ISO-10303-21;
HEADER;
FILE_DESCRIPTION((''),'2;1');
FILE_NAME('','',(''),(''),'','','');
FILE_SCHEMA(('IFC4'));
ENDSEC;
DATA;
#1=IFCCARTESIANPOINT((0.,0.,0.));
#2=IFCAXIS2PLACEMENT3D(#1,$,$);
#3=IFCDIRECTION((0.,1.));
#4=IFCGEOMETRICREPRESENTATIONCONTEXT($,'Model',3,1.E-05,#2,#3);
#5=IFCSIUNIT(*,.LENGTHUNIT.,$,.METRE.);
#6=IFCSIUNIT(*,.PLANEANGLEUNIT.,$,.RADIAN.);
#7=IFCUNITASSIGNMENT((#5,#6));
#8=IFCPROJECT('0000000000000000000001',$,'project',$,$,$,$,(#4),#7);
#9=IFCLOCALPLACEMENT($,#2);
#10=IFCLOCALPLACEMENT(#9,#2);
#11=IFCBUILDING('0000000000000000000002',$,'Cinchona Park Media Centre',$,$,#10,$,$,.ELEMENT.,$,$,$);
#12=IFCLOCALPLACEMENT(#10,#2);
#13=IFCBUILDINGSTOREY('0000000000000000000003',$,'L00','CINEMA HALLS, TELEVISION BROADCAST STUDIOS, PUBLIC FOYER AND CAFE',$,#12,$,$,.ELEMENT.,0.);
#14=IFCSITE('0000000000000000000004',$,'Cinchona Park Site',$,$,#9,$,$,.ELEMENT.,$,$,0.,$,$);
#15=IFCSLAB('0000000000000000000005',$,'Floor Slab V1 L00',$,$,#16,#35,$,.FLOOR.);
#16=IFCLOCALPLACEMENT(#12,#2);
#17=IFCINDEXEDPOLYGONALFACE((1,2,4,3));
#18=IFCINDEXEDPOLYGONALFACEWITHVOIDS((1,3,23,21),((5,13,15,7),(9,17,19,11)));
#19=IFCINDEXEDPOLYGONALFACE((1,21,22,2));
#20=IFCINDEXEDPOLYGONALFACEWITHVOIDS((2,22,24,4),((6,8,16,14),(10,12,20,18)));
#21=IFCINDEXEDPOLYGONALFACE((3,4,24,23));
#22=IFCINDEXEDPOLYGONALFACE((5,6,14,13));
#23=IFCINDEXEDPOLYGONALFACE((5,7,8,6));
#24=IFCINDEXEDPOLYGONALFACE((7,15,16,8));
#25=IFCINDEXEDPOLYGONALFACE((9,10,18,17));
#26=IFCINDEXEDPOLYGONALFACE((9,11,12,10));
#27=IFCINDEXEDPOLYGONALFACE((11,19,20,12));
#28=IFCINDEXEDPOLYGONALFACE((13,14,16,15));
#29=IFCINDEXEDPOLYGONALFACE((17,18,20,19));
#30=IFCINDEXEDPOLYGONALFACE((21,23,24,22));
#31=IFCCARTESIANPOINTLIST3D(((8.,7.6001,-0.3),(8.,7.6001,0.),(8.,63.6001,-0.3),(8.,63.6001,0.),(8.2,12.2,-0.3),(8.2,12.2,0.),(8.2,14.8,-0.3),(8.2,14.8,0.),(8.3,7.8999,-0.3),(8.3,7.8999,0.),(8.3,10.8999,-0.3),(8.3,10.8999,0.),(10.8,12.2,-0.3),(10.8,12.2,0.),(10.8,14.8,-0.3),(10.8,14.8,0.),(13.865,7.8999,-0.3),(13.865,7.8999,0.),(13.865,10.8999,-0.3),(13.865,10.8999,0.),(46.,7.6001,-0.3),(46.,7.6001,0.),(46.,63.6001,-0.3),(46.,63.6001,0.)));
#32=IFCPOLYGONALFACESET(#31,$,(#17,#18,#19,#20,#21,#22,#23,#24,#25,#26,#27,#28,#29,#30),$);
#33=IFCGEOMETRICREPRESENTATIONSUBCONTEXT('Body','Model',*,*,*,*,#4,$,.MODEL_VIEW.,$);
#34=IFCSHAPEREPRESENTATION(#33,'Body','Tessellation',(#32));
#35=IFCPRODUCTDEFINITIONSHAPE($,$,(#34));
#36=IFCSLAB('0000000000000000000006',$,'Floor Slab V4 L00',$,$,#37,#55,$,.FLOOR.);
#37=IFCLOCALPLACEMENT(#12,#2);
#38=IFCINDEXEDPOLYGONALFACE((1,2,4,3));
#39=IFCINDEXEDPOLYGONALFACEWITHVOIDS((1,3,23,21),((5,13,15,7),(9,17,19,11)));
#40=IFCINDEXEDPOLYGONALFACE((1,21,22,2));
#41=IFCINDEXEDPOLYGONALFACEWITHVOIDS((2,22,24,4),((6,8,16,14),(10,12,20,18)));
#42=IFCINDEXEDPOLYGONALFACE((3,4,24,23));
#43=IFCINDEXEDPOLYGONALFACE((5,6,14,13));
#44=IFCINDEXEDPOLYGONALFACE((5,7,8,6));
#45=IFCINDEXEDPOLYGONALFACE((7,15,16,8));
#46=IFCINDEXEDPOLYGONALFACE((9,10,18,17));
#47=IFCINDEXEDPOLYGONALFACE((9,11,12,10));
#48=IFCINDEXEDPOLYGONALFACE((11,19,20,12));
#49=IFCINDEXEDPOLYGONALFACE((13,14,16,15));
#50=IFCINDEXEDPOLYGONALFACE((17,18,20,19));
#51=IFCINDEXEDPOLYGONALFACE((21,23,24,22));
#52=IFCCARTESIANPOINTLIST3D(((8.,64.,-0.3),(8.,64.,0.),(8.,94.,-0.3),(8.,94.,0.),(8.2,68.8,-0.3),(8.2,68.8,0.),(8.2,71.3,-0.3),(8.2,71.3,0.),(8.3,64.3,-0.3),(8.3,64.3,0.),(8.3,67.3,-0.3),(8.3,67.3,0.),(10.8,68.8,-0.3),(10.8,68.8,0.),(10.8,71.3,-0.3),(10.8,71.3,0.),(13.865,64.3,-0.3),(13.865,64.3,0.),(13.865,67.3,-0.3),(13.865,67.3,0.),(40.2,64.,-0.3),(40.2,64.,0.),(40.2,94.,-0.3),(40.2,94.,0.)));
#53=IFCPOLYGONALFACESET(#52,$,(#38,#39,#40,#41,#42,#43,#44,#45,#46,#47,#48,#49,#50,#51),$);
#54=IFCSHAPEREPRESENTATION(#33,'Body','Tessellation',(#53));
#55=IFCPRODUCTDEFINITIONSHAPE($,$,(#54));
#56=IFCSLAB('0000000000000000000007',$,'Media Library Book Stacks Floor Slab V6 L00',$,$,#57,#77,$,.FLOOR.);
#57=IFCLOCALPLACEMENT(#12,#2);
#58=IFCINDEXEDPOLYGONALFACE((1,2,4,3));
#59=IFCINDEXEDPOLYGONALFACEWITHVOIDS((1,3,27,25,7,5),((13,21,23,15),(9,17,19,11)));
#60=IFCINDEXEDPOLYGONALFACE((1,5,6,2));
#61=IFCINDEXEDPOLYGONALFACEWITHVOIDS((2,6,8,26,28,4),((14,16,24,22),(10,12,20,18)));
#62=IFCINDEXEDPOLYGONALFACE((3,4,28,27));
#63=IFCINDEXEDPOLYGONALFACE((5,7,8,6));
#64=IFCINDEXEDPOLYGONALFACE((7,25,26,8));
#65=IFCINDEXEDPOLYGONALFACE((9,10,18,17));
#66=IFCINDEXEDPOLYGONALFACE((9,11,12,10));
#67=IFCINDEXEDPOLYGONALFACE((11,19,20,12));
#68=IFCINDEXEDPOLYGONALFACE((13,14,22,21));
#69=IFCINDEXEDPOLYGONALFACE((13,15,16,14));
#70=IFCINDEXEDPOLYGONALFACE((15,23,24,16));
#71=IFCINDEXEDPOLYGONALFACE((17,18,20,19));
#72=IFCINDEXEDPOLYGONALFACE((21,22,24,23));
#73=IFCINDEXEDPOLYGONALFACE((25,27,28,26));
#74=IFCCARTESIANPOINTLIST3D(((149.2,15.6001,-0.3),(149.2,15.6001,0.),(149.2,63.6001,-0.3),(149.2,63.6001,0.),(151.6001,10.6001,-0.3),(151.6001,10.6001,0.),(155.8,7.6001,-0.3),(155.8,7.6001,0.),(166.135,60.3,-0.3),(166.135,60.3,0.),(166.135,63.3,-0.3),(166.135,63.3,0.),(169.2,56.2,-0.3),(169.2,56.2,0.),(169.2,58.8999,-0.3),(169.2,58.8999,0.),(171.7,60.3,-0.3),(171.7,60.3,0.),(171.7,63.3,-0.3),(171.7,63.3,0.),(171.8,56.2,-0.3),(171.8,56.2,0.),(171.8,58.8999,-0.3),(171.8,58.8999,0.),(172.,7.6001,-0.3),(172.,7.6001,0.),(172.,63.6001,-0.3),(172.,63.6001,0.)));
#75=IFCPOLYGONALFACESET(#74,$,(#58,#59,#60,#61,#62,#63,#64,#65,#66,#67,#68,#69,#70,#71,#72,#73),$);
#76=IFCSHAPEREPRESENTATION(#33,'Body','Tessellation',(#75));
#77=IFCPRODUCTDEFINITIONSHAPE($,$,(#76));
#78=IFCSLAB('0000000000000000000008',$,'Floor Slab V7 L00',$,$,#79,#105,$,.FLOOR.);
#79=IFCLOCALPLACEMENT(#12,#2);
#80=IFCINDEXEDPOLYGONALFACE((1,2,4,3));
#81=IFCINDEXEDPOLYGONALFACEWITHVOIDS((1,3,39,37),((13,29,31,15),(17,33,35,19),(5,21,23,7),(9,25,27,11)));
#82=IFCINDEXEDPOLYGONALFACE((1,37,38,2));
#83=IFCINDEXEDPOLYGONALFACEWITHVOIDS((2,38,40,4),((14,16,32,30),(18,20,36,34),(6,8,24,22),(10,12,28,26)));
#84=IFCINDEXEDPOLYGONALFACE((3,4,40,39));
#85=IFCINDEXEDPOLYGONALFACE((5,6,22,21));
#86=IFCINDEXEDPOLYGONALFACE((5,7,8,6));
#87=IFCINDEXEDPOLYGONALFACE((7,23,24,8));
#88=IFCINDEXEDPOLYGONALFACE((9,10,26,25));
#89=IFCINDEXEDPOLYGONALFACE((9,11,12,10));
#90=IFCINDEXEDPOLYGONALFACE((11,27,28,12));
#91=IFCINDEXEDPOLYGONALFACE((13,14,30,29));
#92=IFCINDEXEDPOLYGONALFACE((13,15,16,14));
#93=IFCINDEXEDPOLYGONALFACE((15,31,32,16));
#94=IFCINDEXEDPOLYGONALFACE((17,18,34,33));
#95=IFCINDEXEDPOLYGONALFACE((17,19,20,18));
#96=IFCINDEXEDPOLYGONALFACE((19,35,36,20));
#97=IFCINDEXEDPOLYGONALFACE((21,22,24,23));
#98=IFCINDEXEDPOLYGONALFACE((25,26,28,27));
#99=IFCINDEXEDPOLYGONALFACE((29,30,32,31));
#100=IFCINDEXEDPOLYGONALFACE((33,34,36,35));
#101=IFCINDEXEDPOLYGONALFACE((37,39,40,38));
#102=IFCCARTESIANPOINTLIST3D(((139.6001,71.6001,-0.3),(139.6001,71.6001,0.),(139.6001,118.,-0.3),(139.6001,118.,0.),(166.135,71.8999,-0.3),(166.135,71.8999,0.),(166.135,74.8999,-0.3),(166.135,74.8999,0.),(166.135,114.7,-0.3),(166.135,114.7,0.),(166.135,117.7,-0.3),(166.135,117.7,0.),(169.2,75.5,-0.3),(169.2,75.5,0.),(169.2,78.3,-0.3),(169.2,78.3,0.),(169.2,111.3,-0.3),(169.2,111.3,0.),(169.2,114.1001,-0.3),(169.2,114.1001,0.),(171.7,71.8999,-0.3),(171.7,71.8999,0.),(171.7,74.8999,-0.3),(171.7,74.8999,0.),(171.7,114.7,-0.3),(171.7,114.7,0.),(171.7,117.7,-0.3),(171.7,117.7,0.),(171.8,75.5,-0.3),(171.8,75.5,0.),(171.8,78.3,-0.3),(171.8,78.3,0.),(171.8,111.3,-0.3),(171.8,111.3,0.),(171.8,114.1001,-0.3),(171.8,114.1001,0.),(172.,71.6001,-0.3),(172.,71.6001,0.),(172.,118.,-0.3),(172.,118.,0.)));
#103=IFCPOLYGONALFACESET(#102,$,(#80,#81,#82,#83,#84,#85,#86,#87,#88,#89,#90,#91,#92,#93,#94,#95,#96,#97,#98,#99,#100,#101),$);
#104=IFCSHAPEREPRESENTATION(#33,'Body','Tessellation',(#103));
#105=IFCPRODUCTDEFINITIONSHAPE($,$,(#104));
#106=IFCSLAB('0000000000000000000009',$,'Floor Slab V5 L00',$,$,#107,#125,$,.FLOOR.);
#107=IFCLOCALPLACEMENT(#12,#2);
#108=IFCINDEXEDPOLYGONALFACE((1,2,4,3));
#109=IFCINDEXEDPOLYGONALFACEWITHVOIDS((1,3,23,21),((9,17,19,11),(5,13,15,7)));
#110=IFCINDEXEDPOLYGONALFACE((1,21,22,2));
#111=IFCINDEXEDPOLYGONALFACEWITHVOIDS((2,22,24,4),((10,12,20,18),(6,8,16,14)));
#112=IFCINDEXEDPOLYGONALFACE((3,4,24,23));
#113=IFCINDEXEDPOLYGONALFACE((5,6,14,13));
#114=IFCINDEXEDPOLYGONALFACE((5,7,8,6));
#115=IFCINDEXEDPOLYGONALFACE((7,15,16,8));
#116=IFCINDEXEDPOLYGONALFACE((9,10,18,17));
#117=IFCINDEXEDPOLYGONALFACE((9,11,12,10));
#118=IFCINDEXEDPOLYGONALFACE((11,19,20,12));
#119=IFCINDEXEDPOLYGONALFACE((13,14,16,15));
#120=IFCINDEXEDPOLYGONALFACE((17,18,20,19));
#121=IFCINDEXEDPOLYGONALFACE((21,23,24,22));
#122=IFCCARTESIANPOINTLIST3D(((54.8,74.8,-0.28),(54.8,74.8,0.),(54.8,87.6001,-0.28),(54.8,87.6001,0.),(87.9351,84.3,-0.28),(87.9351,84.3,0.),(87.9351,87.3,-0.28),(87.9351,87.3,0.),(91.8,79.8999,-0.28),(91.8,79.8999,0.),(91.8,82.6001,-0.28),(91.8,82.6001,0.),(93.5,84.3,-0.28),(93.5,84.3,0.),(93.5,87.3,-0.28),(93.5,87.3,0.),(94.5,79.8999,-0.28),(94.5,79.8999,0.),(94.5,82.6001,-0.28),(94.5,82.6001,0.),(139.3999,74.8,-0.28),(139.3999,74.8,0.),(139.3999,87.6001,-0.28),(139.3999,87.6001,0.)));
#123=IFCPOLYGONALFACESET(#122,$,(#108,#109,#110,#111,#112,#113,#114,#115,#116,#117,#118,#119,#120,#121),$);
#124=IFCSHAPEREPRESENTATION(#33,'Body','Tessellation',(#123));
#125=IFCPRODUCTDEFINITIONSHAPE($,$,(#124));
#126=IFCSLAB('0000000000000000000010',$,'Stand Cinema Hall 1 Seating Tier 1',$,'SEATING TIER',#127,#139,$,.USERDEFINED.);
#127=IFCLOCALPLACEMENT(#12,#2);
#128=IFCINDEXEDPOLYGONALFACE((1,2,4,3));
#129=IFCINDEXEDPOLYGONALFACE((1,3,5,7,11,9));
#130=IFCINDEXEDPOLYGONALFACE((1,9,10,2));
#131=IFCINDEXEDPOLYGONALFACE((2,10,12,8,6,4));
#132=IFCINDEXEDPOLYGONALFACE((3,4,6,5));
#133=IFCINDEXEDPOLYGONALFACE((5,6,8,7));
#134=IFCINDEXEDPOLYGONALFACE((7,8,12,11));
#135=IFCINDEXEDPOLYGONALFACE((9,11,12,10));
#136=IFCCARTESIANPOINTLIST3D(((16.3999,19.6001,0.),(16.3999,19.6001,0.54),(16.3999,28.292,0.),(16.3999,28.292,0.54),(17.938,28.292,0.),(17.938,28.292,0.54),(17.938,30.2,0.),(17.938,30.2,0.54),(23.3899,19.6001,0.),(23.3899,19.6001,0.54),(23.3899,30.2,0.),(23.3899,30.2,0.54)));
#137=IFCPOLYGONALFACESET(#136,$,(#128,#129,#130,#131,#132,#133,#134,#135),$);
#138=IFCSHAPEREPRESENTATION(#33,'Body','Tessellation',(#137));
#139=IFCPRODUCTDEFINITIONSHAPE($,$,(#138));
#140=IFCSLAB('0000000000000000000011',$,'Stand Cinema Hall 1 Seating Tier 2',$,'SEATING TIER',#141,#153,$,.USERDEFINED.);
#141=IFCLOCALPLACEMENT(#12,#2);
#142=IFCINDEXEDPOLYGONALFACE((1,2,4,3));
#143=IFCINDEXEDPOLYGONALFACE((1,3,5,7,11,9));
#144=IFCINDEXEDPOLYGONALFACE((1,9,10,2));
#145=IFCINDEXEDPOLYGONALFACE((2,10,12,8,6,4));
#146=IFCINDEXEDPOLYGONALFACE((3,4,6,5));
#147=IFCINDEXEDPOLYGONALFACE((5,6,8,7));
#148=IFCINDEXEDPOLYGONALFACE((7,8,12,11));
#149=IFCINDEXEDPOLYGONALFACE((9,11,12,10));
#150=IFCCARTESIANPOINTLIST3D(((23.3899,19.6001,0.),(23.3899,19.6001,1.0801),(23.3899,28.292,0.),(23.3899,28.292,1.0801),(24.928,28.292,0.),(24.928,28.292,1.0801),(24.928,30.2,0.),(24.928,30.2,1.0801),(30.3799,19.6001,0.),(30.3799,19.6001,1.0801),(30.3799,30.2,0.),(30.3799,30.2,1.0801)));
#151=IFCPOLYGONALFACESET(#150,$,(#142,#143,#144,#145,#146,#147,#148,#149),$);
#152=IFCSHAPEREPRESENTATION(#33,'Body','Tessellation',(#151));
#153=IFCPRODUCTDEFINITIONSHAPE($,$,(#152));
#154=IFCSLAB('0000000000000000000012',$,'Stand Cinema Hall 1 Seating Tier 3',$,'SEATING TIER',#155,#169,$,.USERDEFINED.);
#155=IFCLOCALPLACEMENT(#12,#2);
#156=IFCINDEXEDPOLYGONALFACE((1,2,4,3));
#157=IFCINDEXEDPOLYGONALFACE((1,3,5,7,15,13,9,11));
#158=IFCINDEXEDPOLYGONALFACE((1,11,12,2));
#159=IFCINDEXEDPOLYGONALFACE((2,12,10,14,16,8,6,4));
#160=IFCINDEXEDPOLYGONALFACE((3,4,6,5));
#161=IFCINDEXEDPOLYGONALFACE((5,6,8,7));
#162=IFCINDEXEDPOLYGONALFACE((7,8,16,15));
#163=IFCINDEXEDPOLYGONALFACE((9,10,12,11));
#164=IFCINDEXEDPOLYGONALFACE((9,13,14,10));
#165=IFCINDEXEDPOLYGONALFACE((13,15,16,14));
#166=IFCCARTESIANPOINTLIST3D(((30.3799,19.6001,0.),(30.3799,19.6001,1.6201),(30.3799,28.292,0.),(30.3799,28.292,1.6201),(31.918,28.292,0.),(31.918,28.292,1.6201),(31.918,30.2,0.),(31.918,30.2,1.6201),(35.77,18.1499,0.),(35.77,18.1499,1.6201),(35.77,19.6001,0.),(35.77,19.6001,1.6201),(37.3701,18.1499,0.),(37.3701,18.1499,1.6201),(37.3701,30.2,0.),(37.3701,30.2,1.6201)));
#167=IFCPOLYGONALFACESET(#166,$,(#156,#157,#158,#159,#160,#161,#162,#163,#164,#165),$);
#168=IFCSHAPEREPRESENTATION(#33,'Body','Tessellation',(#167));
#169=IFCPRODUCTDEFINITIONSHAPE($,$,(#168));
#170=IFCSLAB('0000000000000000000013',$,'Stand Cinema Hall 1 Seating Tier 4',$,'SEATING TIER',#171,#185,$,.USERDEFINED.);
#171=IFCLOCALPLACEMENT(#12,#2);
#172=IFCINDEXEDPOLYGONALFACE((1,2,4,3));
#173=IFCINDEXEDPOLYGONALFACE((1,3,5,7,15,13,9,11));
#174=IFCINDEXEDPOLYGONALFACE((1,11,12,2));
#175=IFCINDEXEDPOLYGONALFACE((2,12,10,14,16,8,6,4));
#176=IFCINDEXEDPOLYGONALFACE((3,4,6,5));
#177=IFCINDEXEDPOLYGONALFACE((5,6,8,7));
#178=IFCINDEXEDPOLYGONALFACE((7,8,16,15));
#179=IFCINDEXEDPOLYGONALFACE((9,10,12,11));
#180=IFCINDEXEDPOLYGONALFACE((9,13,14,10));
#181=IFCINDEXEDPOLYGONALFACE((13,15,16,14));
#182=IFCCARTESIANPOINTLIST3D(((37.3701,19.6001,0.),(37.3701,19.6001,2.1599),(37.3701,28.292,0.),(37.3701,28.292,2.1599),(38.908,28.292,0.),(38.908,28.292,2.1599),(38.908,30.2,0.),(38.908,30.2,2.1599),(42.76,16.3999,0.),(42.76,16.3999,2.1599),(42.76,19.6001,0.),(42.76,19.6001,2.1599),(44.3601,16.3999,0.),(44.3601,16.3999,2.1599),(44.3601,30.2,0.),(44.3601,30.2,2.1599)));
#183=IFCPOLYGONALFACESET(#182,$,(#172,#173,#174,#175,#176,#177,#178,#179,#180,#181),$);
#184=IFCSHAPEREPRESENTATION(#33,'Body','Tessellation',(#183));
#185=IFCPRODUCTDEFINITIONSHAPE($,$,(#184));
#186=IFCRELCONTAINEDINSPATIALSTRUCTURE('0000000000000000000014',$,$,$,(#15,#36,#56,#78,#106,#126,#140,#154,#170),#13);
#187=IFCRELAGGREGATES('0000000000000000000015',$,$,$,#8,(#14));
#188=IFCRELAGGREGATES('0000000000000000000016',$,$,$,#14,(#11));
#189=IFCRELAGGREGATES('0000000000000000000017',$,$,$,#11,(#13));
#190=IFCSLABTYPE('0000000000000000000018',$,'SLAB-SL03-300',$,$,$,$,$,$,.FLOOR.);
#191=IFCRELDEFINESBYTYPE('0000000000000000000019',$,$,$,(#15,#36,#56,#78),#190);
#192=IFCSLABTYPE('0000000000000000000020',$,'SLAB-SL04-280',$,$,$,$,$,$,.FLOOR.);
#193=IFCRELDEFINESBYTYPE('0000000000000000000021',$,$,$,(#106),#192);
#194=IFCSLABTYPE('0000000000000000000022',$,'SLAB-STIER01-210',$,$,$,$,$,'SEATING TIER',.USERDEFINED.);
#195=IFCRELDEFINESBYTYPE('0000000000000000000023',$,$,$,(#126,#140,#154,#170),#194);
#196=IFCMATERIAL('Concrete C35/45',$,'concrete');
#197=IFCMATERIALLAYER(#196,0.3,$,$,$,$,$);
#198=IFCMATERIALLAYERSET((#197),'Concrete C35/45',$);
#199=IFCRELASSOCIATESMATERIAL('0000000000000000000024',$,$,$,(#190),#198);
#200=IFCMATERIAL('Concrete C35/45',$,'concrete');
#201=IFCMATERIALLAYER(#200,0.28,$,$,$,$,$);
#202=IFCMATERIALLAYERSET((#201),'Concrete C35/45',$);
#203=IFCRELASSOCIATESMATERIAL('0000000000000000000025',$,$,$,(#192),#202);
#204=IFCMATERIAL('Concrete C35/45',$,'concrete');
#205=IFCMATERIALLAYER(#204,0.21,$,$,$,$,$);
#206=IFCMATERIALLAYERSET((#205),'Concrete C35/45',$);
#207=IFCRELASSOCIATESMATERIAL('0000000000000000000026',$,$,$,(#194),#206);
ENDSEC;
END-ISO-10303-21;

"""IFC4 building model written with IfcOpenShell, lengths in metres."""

from ifc_helpers import new_model, si_unit, direction, frame, origin, place, context, subcontext, project, spatial, polyline, outline, extrude, material, layer, layer_set, type_object, element, save


model = new_model("IFC4")

# Units and contexts
model_context = context("Model", 3, precision=1e-05, world=origin(), true_north=direction((0.0, 1.0)))
body_context = subcontext(model_context, "Body", "Model", "MODEL_VIEW")
ifc_project = project(units=[si_unit("LENGTHUNIT", "METRE"), si_unit("PLANEANGLEUNIT", "RADIAN")], contexts=[model_context])

# Site, building, storey
site_placement = place(None, origin())
site = spatial("IfcSite", under=ifc_project, at=site_placement, Name="Cinchona Park Site", CompositionType="ELEMENT", RefElevation=0.0)
building_placement = place(site_placement, origin())
building = spatial("IfcBuilding", under=site, at=building_placement, Name="Cinchona Park Media Centre", CompositionType="ELEMENT")
storey_placement = place(building_placement, origin())
storey = spatial("IfcBuildingStorey", under=building, at=storey_placement, Name="L00", Description="CINEMA HALLS, TELEVISION BROADCAST STUDIOS, PUBLIC FOYER AND CAFE", CompositionType="ELEMENT", Elevation=0.0)

# Slabs
ifc_material_1 = material(Name="Concrete C35/45", Category="concrete")
ifc_layer_1 = layer(ifc_material_1, 0.3)
ifc_layer_set_1 = layer_set([ifc_layer_1], Name="Concrete C35/45")
slab_type_1 = type_object("IfcSlabType", Name="SLAB-SL03-300", PredefinedType="FLOOR", material=ifc_layer_set_1)
slab_1_placement = place(storey_placement, frame((0.0, 0.0, -0.3)))
element("IfcSlab", 1, at=slab_1_placement, inside=storey, type_object=slab_type_1, Name="Floor Slab V1 L00", PredefinedType="FLOOR", context=body_context, shape_type="SweptSolid", body=[
    extrude(outline(polyline([(8.0, 7.6001), (46.0, 7.6001), (46.0, 63.6001), (8.0, 63.6001), (8.0, 7.6001)]), holes=[polyline([(8.3, 7.8999), (13.865, 7.8999), (13.865, 10.8999), (8.3, 10.8999), (8.3, 7.8999)]), polyline([(8.2, 12.2), (10.8, 12.2), (10.8, 14.8), (8.2, 14.8), (8.2, 12.2)])]), origin(), (0.0, 0.0, 1.0), 0.3),
])
slab_2_placement = place(storey_placement, frame((0.0, 0.0, -0.3)))
element("IfcSlab", 2, at=slab_2_placement, inside=storey, type_object=slab_type_1, Name="Floor Slab V4 L00", PredefinedType="FLOOR", context=body_context, shape_type="SweptSolid", body=[
    extrude(outline(polyline([(8.0, 64.0), (40.2, 64.0), (40.2, 94.0), (8.0, 94.0), (8.0, 64.0)]), holes=[polyline([(8.3, 64.3), (13.865, 64.3), (13.865, 67.3), (8.3, 67.3), (8.3, 64.3)]), polyline([(8.2, 68.8), (10.8, 68.8), (10.8, 71.3), (8.2, 71.3), (8.2, 68.8)])]), origin(), (0.0, 0.0, 1.0), 0.3),
])
slab_3_placement = place(storey_placement, frame((0.0, 0.0, -0.3)))
element("IfcSlab", 3, at=slab_3_placement, inside=storey, type_object=slab_type_1, Name="Media Library Book Stacks Floor Slab V6 L00", PredefinedType="FLOOR", context=body_context, shape_type="SweptSolid", body=[
    extrude(outline(polyline([(155.8, 7.6001), (172.0, 7.6001), (172.0, 63.6001), (149.2, 63.6001), (149.2, 15.6001), (151.6001, 10.6001), (155.8, 7.6001)]), holes=[polyline([(166.135, 60.3), (171.7, 60.3), (171.7, 63.3), (166.135, 63.3), (166.135, 60.3)]), polyline([(169.2, 56.2), (171.8, 56.2), (171.8, 58.8999), (169.2, 58.8999), (169.2, 56.2)])]), origin(), (0.0, 0.0, 1.0), 0.3),
])
slab_4_placement = place(storey_placement, frame((0.0, 0.0, -0.3)))
element("IfcSlab", 4, at=slab_4_placement, inside=storey, type_object=slab_type_1, Name="Floor Slab V7 L00", PredefinedType="FLOOR", context=body_context, shape_type="SweptSolid", body=[
    extrude(outline(polyline([(139.6001, 71.6001), (172.0, 71.6001), (172.0, 118.0), (139.6001, 118.0), (139.6001, 71.6001)]), holes=[polyline([(166.135, 71.8999), (171.7, 71.8999), (171.7, 74.8999), (166.135, 74.8999), (166.135, 71.8999)]), polyline([(169.2, 75.5), (171.8, 75.5), (171.8, 78.3), (169.2, 78.3), (169.2, 75.5)]), polyline([(166.135, 114.7), (171.7, 114.7), (171.7, 117.7), (166.135, 117.7), (166.135, 114.7)]), polyline([(169.2, 111.3), (171.8, 111.3), (171.8, 114.1001), (169.2, 114.1001), (169.2, 111.3)])]), origin(), (0.0, 0.0, 1.0), 0.3),
])
ifc_material_2 = material(Name="Concrete C35/45", Category="concrete")
ifc_layer_2 = layer(ifc_material_2, 0.28)
ifc_layer_set_2 = layer_set([ifc_layer_2], Name="Concrete C35/45")
slab_type_2 = type_object("IfcSlabType", Name="SLAB-SL04-280", PredefinedType="FLOOR", material=ifc_layer_set_2)
slab_5_placement = place(storey_placement, frame((0.0, 0.0, -0.28)))
element("IfcSlab", 5, at=slab_5_placement, inside=storey, type_object=slab_type_2, Name="Floor Slab V5 L00", PredefinedType="FLOOR", context=body_context, shape_type="SweptSolid", body=[
    extrude(outline(polyline([(54.8, 74.8), (139.3999, 74.8), (139.3999, 87.6001), (54.8, 87.6001), (54.8, 74.8)]), holes=[polyline([(87.9351, 84.3), (93.5, 84.3), (93.5, 87.3), (87.9351, 87.3), (87.9351, 84.3)]), polyline([(91.8, 79.8999), (94.5, 79.8999), (94.5, 82.6001), (91.8, 82.6001), (91.8, 79.8999)])]), origin(), (0.0, 0.0, 1.0), 0.28),
])
ifc_material_3 = material(Name="Concrete C35/45", Category="concrete")
ifc_layer_3 = layer(ifc_material_3, 0.21)
ifc_layer_set_3 = layer_set([ifc_layer_3], Name="Concrete C35/45")
slab_type_3 = type_object("IfcSlabType", Name="SLAB-STIER01-210", ElementType="SEATING TIER", PredefinedType="USERDEFINED", material=ifc_layer_set_3)
slab_6_placement = place(storey_placement, origin())
element("IfcSlab", 6, at=slab_6_placement, inside=storey, type_object=slab_type_3, Name="Stand Cinema Hall 1 Seating Tier 1", ObjectType="SEATING TIER", PredefinedType="USERDEFINED", context=body_context, shape_type="SweptSolid", body=[
    extrude(outline(polyline([(16.3999, 19.6001), (23.3899, 19.6001), (23.3899, 30.2), (17.938, 30.2), (17.938, 28.292), (16.3999, 28.292), (16.3999, 19.6001)])), origin(), (0.0, 0.0, 1.0), 0.54),
])
slab_7_placement = place(storey_placement, origin())
element("IfcSlab", 7, at=slab_7_placement, inside=storey, type_object=slab_type_3, Name="Stand Cinema Hall 1 Seating Tier 2", ObjectType="SEATING TIER", PredefinedType="USERDEFINED", context=body_context, shape_type="SweptSolid", body=[
    extrude(outline(polyline([(23.3899, 19.6001), (30.3799, 19.6001), (30.3799, 30.2), (24.928, 30.2), (24.928, 28.292), (23.3899, 28.292), (23.3899, 19.6001)])), origin(), (0.0, 0.0, 1.0), 1.0801),
])
slab_8_placement = place(storey_placement, origin())
element("IfcSlab", 8, at=slab_8_placement, inside=storey, type_object=slab_type_3, Name="Stand Cinema Hall 1 Seating Tier 3", ObjectType="SEATING TIER", PredefinedType="USERDEFINED", context=body_context, shape_type="SweptSolid", body=[
    extrude(outline(polyline([(30.3799, 19.6001), (35.77, 19.6001), (35.77, 18.1499), (37.3701, 18.1499), (37.3701, 30.2), (31.918, 30.2), (31.918, 28.292), (30.3799, 28.292), (30.3799, 19.6001)])), origin(), (0.0, 0.0, 1.0), 1.6201),
])
slab_9_placement = place(storey_placement, origin())
element("IfcSlab", 9, at=slab_9_placement, inside=storey, type_object=slab_type_3, Name="Stand Cinema Hall 1 Seating Tier 4", ObjectType="SEATING TIER", PredefinedType="USERDEFINED", context=body_context, shape_type="SweptSolid", body=[
    extrude(outline(polyline([(37.3701, 19.6001), (42.76, 19.6001), (42.76, 16.3999), (44.3601, 16.3999), (44.3601, 30.2), (38.908, 30.2), (38.908, 28.292), (37.3701, 28.292), (37.3701, 19.6001)])), origin(), (0.0, 0.0, 1.0), 2.1599),
])

save(model, "model.ifc")
